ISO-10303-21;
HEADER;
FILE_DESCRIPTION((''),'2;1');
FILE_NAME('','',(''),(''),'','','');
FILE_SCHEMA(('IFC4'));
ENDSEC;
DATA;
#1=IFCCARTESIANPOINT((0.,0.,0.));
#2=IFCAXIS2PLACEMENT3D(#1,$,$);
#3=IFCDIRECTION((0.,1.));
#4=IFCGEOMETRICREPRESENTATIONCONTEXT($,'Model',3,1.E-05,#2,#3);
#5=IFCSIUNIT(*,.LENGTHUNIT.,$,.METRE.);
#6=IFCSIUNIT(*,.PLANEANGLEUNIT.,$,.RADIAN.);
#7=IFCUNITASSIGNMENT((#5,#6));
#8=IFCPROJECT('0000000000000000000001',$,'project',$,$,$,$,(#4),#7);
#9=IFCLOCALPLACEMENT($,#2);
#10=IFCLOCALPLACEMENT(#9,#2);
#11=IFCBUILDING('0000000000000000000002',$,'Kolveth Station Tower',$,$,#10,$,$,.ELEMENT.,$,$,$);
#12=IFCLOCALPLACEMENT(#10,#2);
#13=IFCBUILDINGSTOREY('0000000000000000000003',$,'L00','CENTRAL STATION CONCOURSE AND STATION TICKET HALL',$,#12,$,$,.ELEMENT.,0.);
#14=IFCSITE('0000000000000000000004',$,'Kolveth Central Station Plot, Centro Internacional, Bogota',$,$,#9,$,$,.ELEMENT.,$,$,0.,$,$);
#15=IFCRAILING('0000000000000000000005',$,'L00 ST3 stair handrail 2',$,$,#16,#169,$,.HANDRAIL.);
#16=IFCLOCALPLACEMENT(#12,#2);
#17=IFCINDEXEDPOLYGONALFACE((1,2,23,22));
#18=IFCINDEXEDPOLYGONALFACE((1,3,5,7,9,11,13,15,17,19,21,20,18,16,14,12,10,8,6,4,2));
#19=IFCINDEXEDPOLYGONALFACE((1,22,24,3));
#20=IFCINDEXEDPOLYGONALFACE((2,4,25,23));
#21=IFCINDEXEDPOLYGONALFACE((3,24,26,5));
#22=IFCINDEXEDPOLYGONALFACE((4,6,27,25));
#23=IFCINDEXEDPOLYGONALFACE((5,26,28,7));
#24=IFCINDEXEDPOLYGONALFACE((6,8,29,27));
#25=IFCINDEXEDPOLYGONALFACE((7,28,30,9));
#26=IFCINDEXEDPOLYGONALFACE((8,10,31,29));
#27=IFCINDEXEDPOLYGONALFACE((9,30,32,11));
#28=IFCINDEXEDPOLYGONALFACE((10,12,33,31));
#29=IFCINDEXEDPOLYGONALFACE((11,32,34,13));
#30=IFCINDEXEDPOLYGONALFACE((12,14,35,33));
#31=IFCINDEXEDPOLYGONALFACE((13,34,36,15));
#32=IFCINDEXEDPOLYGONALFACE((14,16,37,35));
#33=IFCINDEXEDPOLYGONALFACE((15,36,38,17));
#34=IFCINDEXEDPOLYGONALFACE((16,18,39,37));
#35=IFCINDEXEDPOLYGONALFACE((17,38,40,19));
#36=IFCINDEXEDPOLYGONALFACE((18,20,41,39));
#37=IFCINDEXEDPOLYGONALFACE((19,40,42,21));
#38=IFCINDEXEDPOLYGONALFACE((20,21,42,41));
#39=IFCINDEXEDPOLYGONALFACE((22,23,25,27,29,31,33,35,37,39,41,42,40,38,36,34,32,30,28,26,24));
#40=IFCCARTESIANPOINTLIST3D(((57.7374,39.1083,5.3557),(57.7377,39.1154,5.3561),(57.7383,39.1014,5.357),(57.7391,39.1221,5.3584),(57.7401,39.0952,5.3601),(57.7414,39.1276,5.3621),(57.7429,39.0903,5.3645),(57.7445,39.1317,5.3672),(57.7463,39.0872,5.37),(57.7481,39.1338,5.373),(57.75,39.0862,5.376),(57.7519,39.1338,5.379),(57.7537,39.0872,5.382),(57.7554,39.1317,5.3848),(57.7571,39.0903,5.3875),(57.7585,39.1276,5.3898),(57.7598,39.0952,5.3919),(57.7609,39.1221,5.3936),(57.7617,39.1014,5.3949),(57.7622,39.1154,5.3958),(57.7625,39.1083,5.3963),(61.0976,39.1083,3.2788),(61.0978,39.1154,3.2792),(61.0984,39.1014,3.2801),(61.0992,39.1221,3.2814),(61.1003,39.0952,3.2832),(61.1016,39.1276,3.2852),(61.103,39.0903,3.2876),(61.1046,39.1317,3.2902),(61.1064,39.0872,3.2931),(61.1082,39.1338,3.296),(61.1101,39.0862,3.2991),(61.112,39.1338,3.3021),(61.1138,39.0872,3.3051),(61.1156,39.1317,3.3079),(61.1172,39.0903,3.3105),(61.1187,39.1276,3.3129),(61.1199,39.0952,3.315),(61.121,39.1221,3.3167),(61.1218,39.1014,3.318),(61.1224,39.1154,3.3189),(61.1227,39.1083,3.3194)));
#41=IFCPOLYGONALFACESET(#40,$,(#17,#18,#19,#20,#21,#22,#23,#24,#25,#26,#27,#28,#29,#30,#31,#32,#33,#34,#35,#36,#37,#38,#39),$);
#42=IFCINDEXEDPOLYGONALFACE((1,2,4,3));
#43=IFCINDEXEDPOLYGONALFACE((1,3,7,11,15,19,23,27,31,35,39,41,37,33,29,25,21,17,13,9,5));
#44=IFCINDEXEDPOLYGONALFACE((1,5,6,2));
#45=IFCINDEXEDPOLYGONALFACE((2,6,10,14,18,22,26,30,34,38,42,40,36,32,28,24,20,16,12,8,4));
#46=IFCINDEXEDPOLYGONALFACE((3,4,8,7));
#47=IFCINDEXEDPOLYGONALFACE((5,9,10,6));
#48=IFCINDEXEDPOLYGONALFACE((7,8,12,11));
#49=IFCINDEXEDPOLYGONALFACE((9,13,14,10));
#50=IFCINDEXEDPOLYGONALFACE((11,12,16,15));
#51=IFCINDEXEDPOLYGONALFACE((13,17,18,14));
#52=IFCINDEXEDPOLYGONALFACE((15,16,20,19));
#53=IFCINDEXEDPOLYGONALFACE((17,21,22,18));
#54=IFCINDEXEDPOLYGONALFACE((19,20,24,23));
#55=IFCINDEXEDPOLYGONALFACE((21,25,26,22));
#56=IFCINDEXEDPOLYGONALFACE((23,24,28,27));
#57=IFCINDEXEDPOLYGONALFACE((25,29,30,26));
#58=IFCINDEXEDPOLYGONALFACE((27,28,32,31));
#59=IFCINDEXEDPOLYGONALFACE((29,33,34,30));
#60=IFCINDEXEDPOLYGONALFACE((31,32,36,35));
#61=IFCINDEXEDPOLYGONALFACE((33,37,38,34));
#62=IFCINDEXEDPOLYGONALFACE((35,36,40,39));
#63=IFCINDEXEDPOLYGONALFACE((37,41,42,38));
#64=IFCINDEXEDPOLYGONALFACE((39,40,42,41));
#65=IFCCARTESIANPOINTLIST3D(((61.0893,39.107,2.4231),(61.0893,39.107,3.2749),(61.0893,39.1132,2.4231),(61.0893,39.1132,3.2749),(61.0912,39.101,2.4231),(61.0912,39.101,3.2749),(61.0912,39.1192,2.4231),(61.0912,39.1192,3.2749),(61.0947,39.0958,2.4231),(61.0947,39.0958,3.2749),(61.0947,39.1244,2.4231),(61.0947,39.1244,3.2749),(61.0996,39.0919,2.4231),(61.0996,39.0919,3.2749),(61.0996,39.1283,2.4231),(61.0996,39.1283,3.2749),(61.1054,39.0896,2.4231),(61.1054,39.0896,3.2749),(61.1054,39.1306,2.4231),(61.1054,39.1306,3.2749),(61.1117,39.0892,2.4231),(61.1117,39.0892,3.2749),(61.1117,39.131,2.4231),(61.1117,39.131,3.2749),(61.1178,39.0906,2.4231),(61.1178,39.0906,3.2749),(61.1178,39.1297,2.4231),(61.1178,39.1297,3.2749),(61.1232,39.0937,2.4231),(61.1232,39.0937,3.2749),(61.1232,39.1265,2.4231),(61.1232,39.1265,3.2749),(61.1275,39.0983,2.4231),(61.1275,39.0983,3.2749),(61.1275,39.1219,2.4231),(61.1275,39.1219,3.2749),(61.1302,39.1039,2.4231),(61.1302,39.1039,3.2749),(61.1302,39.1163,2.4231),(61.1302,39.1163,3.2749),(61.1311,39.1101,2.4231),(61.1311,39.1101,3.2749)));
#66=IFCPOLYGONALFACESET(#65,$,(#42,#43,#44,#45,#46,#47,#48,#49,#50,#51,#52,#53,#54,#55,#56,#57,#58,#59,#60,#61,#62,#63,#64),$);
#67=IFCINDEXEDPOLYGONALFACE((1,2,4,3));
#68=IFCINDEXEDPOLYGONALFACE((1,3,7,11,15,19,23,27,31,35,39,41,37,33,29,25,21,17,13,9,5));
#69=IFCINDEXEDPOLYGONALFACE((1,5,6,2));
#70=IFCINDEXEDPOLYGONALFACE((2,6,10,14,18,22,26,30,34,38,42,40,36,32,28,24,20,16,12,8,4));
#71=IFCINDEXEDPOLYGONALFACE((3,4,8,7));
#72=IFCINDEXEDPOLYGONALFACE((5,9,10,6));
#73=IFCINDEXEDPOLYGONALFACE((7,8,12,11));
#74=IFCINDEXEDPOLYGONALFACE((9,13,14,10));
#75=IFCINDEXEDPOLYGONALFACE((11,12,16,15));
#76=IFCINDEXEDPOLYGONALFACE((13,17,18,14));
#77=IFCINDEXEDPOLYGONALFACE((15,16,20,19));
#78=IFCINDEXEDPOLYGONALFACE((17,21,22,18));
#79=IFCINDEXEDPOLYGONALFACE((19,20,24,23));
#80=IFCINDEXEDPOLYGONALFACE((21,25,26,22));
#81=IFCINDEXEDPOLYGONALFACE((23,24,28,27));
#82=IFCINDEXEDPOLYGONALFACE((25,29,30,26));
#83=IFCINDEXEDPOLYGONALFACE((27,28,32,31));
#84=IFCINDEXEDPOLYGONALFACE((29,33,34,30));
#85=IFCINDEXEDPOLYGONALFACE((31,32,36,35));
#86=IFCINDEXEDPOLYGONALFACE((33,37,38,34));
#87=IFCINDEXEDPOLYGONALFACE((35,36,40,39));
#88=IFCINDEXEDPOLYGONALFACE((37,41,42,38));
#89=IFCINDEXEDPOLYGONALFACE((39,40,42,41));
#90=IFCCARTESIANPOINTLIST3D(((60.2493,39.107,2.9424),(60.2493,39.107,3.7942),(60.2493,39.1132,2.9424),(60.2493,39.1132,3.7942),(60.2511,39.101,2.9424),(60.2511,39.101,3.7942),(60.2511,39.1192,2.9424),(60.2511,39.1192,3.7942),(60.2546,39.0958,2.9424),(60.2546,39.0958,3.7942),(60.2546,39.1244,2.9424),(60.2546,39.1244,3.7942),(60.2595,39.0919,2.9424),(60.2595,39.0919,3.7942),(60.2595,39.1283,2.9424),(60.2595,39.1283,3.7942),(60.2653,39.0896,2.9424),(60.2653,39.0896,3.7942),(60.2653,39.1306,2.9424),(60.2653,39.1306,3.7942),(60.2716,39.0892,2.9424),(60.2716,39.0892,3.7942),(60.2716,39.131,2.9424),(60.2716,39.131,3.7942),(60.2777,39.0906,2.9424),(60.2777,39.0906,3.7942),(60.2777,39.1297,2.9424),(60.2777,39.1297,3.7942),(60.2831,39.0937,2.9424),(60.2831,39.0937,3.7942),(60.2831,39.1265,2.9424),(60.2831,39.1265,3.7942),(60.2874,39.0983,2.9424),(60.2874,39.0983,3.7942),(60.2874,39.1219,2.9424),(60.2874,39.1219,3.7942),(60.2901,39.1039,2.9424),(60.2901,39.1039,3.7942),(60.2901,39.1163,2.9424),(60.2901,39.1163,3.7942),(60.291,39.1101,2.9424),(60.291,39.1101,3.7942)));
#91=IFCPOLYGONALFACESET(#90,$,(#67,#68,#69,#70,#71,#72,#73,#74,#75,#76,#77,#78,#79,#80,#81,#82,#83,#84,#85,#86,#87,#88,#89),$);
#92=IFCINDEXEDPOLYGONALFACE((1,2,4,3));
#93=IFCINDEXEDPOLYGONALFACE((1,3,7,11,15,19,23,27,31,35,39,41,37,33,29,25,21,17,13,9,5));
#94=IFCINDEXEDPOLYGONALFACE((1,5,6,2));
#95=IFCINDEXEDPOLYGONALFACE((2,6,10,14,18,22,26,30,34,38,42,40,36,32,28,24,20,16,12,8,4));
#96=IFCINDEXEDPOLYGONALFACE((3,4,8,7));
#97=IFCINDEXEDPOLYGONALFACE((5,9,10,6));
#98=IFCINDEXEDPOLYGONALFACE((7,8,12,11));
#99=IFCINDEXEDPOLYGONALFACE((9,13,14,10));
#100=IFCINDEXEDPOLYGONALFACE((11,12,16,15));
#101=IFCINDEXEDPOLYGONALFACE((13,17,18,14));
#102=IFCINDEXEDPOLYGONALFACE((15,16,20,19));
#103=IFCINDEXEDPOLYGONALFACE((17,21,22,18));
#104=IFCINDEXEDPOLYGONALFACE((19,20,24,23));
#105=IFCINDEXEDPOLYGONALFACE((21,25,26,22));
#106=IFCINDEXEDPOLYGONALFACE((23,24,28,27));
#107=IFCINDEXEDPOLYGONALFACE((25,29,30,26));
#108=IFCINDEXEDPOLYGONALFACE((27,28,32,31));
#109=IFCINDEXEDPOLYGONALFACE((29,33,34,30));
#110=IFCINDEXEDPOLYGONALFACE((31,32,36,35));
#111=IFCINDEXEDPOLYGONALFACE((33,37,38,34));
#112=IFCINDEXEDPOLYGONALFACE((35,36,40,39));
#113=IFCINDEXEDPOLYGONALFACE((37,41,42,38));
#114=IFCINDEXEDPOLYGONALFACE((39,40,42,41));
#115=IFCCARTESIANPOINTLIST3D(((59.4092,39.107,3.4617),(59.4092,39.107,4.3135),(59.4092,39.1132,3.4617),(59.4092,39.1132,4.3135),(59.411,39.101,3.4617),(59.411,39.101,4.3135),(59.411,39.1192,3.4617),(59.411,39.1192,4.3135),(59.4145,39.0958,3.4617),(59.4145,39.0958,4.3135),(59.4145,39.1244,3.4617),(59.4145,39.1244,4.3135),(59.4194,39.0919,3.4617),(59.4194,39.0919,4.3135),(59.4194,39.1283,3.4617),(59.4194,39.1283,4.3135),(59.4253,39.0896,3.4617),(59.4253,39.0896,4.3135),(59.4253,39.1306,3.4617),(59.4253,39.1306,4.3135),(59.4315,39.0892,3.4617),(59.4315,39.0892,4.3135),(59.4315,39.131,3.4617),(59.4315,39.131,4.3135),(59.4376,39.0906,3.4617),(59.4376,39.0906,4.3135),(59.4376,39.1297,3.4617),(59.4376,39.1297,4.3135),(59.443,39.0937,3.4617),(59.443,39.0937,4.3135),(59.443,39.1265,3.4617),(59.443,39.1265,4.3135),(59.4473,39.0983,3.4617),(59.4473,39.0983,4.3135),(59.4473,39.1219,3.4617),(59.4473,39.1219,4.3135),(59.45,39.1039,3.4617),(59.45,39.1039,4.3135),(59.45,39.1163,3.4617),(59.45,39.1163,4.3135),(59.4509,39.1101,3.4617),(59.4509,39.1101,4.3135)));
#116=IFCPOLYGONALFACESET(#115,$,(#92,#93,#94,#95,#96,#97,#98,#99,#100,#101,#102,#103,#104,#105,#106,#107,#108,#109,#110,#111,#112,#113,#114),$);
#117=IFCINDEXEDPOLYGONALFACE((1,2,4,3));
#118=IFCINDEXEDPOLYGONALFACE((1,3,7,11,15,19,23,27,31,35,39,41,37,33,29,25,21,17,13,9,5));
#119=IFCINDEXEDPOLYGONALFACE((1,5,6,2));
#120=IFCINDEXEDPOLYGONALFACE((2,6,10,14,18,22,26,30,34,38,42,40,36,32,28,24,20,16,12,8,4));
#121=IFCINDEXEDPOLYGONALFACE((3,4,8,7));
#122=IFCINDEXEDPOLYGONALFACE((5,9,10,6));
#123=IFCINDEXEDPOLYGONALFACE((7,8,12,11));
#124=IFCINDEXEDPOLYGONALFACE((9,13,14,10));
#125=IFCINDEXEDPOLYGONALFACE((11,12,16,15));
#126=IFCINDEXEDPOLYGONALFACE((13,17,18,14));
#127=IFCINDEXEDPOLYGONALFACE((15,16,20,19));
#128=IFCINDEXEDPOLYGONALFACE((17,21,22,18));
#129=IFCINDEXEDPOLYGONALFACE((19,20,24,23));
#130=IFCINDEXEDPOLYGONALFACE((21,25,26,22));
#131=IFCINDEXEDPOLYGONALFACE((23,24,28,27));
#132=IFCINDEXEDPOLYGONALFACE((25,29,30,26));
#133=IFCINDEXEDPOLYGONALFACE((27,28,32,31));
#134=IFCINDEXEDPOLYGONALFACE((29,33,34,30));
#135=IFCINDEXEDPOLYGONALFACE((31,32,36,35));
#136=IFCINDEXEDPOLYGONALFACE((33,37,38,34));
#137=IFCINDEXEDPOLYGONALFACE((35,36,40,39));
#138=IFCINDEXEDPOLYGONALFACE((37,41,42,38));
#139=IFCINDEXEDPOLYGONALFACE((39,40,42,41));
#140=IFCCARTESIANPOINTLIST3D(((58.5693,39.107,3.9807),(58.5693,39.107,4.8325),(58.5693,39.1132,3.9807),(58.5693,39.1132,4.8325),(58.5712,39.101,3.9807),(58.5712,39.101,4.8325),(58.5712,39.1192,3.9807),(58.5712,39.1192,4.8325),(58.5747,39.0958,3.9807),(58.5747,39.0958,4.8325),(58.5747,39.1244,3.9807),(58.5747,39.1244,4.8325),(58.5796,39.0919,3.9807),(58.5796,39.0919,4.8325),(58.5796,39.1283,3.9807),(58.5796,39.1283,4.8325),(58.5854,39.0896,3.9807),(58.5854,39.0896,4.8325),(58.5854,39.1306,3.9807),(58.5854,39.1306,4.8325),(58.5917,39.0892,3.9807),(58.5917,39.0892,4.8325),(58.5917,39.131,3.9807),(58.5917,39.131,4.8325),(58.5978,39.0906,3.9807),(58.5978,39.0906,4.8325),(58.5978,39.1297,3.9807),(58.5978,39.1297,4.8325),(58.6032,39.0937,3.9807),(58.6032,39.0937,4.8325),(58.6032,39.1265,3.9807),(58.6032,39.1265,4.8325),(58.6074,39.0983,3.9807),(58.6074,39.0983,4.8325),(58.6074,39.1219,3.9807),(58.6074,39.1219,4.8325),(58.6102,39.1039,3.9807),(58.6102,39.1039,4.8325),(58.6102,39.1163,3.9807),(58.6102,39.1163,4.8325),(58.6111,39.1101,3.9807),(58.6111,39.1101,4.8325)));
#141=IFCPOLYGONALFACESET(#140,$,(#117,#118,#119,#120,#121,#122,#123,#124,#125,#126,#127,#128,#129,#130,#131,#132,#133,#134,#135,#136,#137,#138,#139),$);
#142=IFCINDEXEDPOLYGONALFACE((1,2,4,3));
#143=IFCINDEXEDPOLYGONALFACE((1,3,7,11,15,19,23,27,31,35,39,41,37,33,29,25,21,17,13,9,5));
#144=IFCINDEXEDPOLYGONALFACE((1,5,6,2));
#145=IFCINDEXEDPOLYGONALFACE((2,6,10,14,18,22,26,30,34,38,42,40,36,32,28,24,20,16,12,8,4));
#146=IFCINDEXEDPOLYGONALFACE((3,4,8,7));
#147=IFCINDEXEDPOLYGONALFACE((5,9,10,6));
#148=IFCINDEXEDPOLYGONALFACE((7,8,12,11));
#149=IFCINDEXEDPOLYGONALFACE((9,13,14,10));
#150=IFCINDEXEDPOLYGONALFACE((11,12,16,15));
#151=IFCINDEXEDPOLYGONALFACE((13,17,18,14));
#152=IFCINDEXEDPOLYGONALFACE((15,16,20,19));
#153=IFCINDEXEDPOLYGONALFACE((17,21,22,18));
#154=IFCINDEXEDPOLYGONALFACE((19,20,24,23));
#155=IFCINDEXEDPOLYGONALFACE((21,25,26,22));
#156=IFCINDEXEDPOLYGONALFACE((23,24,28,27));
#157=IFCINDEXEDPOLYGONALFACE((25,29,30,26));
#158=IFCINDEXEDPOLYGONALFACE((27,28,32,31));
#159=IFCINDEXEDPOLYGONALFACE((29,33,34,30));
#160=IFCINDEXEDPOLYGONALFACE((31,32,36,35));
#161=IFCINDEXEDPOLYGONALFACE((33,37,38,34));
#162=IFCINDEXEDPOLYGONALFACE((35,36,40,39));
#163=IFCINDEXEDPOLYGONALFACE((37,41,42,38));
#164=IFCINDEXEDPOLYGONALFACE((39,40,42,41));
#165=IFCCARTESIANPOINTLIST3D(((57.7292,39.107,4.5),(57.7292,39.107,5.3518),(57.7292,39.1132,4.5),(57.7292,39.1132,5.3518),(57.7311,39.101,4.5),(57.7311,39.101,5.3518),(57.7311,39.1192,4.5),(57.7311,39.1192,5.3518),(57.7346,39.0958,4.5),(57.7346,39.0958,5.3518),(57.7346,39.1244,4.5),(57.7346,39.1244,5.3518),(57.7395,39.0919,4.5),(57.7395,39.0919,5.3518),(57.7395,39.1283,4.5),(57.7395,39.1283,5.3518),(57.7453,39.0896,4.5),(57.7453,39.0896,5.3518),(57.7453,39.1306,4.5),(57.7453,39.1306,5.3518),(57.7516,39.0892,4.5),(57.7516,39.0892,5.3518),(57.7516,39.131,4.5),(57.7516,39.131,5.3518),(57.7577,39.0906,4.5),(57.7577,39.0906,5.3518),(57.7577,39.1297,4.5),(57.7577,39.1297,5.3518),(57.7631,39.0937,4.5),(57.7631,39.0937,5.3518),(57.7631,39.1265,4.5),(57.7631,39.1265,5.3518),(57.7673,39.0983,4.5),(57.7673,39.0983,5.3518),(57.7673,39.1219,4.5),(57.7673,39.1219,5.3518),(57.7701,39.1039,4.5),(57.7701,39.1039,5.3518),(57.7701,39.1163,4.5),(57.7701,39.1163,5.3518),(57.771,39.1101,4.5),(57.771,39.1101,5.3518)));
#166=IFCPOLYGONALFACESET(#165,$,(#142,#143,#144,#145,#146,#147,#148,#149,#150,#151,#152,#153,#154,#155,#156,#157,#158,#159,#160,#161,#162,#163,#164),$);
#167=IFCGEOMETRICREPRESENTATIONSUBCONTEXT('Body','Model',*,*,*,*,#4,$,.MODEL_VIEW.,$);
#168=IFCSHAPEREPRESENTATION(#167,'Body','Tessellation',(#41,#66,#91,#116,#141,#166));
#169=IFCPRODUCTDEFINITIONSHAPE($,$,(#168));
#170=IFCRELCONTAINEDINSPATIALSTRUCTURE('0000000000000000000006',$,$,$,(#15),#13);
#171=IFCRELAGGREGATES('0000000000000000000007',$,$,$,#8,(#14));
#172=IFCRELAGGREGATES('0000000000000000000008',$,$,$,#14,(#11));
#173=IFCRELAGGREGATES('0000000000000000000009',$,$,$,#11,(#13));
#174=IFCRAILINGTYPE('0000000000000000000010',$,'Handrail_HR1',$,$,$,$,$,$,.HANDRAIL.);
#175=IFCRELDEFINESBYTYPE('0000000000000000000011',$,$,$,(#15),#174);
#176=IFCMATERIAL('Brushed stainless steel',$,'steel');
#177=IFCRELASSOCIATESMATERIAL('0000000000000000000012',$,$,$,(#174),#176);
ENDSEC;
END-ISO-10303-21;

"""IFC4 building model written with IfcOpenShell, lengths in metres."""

from ifc_helpers import new_model, si_unit, direction, frame, origin, origin_2d, place, context, subcontext, project, spatial, circle, extrude, material, type_object, element, save


model = new_model("IFC4")

# Units and contexts
model_context = context("Model", 3, precision=1e-05, world=origin(), true_north=direction((0.0, 1.0)))
body_context = subcontext(model_context, "Body", "Model", "MODEL_VIEW")
ifc_project = project(units=[si_unit("LENGTHUNIT", "METRE"), si_unit("PLANEANGLEUNIT", "RADIAN")], contexts=[model_context])

# Site, building, storey
site_placement = place(None, origin())
site = spatial("IfcSite", under=ifc_project, at=site_placement, Name="Kolveth Central Station Plot, Centro Internacional, Bogota", CompositionType="ELEMENT", RefElevation=0.0)
building_placement = place(site_placement, origin())
building = spatial("IfcBuilding", under=site, at=building_placement, Name="Kolveth Station Tower", CompositionType="ELEMENT")
storey_placement = place(building_placement, origin())
storey = spatial("IfcBuildingStorey", under=building, at=storey_placement, Name="L00", Description="CENTRAL STATION CONCOURSE AND STATION TICKET HALL", CompositionType="ELEMENT", Elevation=0.0)

# Railing
ifc_material_1 = material(Name="Brushed stainless steel", Category="steel")
railing_type_1 = type_object("IfcRailingType", Name="Handrail_HR1", PredefinedType="HANDRAIL", material=ifc_material_1)
railing_1_placement = place(storey_placement, frame((61.1101, 39.1101, 2.4231)))
element("IfcRailing", 1, at=railing_1_placement, inside=storey, type_object=railing_type_1, Name="L00 ST3 stair handrail 2", PredefinedType="HANDRAIL", context=body_context, shape_type="SweptSolid", body=[
    extrude(circle(Radius=0.0239, at=origin_2d()), frame((0.0, 0.0, 0.876), z_axis=(-0.850623, 0.0, 0.525776), x_axis=(0.0, -1.0, 0.0)), (0.0, 0.0, 1.0), 3.9502),
    extrude(circle(Radius=0.021, at=origin_2d()), origin(), (0.0, 0.0, 1.0), 0.8518),
    extrude(circle(Radius=0.021, at=origin_2d()), frame((-0.8401, 0.0, 0.5193)), (0.0, 0.0, 1.0), 0.8518),
    extrude(circle(Radius=0.021, at=origin_2d()), frame((-1.6802, 0.0, 1.0386)), (0.0, 0.0, 1.0), 0.8518),
    extrude(circle(Radius=0.021, at=origin_2d()), frame((-2.52, 0.0, 1.5576)), (0.0, 0.0, 1.0), 0.8518),
    extrude(circle(Radius=0.021, at=origin_2d()), frame((-3.3601, 0.0, 2.0769)), (0.0, 0.0, 1.0), 0.8518),
])

save(model, "model.ifc")
